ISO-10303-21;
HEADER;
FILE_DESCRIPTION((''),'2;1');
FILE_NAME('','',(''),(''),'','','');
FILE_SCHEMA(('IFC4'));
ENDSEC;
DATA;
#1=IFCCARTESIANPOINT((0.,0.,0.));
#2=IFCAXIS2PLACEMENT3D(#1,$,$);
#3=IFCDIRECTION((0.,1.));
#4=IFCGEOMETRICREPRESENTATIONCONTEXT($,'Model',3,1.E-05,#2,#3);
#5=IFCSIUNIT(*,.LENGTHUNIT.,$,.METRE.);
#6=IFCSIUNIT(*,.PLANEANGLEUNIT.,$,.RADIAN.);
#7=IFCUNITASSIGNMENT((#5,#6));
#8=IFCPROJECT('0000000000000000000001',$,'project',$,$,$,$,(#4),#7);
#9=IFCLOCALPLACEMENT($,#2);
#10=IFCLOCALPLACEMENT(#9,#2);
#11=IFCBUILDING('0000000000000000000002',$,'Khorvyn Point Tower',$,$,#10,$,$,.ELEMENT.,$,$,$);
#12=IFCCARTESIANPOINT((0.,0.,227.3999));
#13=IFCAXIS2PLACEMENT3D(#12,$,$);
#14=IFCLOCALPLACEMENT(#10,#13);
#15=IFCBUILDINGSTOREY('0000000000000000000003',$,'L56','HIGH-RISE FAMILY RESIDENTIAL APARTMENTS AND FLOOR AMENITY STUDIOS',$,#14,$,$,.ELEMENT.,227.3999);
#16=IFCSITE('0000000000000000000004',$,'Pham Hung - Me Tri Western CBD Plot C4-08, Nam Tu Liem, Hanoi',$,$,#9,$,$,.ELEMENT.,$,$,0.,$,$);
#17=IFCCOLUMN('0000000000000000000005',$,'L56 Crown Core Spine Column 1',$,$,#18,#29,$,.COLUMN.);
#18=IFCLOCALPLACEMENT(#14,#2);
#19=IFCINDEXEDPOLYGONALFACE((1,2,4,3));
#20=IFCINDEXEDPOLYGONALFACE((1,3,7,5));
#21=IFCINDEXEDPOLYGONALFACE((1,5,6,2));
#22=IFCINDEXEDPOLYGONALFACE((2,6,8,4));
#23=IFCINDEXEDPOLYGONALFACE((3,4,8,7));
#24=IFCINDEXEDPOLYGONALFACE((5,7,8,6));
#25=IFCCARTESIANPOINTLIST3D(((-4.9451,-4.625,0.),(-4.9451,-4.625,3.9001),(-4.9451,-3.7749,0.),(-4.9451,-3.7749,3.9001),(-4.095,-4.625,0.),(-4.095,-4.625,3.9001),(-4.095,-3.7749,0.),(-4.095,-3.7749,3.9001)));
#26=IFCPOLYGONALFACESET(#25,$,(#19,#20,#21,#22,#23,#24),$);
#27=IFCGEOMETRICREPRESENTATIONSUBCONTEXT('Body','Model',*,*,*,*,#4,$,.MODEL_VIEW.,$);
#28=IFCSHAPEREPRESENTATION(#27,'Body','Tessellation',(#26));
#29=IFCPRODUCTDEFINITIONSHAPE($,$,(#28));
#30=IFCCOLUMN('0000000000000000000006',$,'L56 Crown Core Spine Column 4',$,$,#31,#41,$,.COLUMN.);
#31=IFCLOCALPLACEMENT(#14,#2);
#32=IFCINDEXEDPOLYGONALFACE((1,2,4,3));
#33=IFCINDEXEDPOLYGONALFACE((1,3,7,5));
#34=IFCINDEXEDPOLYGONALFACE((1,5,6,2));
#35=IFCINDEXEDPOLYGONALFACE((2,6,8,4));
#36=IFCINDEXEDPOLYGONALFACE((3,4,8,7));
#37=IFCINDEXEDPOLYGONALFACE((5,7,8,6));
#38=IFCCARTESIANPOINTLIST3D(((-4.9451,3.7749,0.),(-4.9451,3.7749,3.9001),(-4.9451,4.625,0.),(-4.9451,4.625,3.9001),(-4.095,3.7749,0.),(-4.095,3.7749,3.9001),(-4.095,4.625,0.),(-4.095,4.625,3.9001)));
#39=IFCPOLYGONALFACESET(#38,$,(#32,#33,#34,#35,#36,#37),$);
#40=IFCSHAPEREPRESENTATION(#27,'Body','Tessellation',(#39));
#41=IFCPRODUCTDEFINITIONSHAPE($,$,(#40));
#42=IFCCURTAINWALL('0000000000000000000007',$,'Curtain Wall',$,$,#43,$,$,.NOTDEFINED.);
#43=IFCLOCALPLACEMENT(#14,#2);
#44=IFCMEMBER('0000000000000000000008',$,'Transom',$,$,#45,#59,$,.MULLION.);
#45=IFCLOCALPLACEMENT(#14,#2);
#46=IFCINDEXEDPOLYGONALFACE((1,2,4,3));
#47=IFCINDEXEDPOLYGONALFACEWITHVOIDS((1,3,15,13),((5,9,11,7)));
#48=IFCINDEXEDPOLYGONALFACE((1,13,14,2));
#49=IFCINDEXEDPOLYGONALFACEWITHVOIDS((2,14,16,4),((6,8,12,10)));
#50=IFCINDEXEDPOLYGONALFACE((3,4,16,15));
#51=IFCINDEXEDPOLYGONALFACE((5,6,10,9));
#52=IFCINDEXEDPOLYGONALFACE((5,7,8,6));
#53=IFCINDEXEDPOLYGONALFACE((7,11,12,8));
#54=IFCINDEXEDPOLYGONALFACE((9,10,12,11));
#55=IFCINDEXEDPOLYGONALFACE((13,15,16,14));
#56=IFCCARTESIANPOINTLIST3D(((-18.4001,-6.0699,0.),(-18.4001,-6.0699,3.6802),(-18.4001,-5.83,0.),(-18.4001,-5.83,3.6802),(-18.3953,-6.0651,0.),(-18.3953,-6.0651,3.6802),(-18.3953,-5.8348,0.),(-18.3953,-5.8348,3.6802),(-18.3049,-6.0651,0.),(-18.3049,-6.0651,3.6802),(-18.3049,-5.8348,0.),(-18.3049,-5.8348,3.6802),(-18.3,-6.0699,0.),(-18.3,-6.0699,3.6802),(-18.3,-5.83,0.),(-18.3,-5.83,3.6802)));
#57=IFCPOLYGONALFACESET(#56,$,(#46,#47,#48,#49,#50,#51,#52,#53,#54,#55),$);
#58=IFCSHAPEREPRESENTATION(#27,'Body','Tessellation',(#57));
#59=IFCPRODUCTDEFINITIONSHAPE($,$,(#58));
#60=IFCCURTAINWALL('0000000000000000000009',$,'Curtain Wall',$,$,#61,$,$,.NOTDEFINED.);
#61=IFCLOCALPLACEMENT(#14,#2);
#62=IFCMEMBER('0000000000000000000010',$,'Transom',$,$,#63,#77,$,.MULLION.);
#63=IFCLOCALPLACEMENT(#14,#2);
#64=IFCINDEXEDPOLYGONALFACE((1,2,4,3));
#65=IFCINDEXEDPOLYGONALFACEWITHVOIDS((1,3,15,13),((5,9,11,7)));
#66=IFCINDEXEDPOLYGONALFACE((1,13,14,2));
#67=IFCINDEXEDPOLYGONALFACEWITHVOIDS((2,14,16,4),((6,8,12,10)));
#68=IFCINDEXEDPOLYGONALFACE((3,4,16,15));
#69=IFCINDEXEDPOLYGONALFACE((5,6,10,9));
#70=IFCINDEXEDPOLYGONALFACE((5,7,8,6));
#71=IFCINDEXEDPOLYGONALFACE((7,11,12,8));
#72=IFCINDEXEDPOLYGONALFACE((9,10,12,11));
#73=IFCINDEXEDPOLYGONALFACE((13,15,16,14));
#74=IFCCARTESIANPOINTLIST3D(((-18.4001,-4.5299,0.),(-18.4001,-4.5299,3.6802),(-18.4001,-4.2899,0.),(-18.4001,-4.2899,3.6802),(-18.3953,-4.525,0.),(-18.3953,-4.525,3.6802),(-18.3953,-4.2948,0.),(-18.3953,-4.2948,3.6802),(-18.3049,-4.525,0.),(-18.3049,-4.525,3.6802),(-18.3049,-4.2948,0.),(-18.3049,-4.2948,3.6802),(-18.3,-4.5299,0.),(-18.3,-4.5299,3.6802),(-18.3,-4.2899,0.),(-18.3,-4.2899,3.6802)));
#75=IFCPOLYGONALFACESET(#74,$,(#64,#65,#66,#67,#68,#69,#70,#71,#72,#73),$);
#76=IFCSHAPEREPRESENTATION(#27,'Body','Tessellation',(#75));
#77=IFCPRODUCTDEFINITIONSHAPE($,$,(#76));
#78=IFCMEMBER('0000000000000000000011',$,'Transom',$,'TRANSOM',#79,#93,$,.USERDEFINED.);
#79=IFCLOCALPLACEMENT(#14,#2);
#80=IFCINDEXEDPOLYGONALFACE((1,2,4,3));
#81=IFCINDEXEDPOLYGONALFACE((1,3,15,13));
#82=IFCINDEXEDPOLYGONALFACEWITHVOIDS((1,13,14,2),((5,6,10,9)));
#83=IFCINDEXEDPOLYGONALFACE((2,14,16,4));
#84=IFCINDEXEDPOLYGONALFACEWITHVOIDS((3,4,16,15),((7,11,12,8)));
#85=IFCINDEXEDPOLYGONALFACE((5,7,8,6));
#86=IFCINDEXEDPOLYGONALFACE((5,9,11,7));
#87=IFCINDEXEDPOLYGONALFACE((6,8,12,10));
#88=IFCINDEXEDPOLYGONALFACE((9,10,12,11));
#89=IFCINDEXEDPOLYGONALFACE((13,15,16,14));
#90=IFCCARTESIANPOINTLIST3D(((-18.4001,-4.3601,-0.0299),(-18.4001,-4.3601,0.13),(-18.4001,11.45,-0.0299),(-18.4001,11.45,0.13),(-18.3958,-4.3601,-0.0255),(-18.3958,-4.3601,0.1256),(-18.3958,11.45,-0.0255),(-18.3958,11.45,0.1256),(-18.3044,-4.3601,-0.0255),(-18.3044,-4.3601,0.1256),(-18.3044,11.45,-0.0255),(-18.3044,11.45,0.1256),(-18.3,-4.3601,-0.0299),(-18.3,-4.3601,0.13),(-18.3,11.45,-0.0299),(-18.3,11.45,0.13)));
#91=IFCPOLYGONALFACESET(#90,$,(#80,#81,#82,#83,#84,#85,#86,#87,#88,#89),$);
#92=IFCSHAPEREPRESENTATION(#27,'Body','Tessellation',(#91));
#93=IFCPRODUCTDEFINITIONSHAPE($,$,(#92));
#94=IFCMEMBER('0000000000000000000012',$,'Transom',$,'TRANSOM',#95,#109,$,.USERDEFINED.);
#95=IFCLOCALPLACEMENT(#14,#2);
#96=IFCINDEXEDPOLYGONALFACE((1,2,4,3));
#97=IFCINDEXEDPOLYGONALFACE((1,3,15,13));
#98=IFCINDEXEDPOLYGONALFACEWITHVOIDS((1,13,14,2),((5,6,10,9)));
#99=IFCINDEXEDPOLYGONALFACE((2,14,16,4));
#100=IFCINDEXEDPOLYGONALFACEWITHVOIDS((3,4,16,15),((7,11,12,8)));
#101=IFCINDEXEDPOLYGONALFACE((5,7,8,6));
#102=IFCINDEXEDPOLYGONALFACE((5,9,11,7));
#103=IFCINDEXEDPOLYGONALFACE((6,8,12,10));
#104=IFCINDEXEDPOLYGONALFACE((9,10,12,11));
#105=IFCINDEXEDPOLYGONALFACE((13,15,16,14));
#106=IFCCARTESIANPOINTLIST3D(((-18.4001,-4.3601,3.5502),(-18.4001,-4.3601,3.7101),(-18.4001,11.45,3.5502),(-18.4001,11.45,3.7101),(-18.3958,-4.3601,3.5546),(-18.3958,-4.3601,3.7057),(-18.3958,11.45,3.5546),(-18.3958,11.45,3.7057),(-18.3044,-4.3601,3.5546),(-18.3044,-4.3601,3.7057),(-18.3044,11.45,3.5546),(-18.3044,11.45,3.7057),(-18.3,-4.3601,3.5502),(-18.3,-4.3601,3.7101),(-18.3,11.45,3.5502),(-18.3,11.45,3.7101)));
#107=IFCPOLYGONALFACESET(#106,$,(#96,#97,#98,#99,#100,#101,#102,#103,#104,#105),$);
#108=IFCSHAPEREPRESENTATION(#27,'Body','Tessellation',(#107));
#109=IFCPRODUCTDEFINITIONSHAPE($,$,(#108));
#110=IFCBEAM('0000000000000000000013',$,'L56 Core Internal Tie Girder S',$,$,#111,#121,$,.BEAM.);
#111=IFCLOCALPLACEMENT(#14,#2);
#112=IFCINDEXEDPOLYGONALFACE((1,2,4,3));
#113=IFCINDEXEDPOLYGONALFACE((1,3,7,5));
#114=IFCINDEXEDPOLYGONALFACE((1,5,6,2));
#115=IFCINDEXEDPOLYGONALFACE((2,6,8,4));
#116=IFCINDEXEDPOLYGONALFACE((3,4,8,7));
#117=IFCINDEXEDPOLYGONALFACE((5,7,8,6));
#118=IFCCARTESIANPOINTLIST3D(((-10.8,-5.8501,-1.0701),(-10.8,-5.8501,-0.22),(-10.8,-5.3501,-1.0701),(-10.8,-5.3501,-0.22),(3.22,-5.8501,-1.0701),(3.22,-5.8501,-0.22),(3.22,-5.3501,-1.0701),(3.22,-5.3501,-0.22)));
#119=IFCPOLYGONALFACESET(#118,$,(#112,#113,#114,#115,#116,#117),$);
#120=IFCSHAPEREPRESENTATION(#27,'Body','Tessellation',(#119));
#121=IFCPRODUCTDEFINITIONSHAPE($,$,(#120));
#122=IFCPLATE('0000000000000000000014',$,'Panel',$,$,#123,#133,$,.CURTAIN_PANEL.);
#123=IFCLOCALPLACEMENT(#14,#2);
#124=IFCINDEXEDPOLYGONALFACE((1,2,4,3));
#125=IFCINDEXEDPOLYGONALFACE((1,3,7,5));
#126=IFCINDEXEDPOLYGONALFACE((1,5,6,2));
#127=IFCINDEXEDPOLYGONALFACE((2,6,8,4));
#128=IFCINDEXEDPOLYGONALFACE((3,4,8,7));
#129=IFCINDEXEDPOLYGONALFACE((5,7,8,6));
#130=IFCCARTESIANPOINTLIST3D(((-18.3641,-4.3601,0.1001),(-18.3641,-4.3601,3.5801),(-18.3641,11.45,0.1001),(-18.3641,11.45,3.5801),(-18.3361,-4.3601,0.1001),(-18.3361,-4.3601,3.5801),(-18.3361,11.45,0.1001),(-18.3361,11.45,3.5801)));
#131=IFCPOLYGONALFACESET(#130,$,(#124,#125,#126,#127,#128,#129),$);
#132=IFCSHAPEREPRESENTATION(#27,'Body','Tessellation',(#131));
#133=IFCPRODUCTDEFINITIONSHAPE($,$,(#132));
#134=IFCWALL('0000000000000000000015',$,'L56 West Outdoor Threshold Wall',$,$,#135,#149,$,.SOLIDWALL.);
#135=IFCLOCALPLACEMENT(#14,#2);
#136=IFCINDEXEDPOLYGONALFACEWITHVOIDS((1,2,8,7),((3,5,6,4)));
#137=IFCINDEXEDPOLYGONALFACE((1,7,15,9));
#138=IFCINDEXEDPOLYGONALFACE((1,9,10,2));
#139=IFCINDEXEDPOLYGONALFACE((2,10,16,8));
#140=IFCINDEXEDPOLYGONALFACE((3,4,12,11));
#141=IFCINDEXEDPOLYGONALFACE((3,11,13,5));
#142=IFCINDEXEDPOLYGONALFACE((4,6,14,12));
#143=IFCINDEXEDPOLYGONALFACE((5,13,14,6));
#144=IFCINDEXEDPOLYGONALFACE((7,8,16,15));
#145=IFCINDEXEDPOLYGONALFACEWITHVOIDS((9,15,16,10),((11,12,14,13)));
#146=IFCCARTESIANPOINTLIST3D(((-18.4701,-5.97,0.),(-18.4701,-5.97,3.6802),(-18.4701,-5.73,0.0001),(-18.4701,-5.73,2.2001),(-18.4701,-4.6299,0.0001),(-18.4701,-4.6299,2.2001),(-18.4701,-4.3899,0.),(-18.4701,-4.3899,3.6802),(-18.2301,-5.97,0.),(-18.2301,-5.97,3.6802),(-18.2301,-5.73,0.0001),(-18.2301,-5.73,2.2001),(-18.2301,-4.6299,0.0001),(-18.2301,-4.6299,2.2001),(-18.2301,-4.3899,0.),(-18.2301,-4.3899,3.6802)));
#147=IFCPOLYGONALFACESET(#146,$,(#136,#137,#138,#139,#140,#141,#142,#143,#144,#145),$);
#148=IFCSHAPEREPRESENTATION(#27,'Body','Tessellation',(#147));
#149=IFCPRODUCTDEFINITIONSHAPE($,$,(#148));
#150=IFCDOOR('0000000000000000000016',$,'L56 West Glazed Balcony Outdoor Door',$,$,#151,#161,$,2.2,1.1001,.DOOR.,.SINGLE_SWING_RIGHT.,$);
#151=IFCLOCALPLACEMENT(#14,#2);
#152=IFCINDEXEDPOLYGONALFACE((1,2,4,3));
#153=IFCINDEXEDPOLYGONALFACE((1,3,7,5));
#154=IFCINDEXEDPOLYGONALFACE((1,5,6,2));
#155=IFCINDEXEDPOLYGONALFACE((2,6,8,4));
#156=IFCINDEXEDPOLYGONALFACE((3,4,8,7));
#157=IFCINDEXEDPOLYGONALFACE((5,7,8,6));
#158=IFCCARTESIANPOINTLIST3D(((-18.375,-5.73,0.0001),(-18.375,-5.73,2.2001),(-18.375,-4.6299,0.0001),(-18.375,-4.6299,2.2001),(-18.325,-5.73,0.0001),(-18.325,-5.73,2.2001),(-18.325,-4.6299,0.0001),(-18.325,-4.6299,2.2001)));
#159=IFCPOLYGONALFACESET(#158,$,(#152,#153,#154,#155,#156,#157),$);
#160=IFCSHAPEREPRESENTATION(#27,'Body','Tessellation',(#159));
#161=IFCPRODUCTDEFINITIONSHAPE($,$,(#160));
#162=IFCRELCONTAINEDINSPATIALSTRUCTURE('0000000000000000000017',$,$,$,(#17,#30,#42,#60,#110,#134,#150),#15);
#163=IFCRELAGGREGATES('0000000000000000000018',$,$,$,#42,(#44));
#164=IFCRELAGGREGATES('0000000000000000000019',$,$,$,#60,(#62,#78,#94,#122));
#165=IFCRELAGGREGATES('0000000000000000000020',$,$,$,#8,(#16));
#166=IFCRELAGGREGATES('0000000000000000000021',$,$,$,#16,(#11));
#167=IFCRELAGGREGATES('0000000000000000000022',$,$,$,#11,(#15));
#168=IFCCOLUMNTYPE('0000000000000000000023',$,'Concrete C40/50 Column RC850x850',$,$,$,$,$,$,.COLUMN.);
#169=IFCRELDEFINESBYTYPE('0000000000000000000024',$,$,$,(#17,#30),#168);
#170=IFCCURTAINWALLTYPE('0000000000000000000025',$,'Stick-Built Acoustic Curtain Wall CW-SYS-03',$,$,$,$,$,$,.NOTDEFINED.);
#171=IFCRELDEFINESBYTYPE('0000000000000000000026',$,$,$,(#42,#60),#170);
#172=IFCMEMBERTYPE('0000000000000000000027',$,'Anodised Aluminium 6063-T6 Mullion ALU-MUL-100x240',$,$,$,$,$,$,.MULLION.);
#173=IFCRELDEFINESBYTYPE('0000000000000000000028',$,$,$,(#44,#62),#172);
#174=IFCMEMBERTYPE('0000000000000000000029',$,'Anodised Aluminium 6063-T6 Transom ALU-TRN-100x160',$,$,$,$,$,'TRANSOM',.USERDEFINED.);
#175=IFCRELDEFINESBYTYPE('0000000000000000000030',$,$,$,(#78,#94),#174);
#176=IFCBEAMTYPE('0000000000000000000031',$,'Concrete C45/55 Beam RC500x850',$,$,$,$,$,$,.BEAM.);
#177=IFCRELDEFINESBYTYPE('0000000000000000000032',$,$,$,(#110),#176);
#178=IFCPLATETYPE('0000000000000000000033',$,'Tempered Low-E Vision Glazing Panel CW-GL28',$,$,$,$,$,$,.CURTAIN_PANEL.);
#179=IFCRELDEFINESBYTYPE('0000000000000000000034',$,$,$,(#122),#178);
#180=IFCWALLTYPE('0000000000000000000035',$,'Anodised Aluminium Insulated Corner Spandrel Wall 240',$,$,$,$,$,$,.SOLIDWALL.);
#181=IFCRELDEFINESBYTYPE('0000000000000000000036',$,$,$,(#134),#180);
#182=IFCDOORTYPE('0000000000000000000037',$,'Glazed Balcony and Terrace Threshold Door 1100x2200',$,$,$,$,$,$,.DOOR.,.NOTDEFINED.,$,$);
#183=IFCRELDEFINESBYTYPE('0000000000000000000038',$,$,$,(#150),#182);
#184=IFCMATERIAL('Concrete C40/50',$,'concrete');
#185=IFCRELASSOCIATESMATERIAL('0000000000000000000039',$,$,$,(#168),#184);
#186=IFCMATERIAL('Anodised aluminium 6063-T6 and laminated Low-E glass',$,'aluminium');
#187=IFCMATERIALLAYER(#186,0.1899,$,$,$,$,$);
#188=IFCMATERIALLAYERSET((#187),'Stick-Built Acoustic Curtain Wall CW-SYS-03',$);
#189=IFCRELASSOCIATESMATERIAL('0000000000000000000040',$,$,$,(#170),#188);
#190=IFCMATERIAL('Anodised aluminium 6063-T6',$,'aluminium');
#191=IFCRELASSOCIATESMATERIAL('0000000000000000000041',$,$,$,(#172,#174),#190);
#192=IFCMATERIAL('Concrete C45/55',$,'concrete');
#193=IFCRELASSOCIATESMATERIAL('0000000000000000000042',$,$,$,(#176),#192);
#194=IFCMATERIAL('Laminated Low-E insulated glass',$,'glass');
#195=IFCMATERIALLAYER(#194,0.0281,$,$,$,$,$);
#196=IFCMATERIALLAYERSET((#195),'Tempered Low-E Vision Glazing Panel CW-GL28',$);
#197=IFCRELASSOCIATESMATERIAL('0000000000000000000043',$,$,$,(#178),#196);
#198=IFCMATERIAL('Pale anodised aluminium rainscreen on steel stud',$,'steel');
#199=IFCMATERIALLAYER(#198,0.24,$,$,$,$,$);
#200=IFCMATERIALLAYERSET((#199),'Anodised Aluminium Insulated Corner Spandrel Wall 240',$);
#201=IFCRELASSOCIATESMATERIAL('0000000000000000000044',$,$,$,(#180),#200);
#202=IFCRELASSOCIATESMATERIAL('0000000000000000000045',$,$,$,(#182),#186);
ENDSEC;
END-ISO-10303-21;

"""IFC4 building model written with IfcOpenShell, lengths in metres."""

from ifc_helpers import new_model, si_unit, direction, frame, frame_2d, origin, origin_2d, place, context, subcontext, project, spatial, rectangle, hollow_rectangle, extrude, material, layer, layer_set, material_profile, profile_set, type_object, element, fill, aggregate, save


model = new_model("IFC4")

# Units and contexts
model_context = context("Model", 3, precision=1e-05, world=origin(), true_north=direction((0.0, 1.0)))
body_context = subcontext(model_context, "Body", "Model", "MODEL_VIEW")
ifc_project = project(units=[si_unit("LENGTHUNIT", "METRE"), si_unit("PLANEANGLEUNIT", "RADIAN")], contexts=[model_context])

# Site, building, storey
site_placement = place(None, origin())
site = spatial("IfcSite", under=ifc_project, at=site_placement, Name="Pham Hung - Me Tri Western CBD Plot C4-08, Nam Tu Liem, Hanoi", CompositionType="ELEMENT", RefElevation=0.0)
building_placement = place(site_placement, origin())
building = spatial("IfcBuilding", under=site, at=building_placement, Name="Khorvyn Point Tower", CompositionType="ELEMENT")
storey_placement = place(building_placement, frame((0.0, 0.0, 227.3999)))
storey = spatial("IfcBuildingStorey", under=building, at=storey_placement, Name="L56", Description="HIGH-RISE FAMILY RESIDENTIAL APARTMENTS AND FLOOR AMENITY STUDIOS", CompositionType="ELEMENT", Elevation=227.3999)

# Columns
ifc_material_1 = material(Name="Concrete C40/50", Category="concrete")
ifc_material_profile_1 = material_profile(ifc_material_1, rectangle(XDim=0.8501, YDim=0.8501, at=origin_2d()))
ifc_profile_set_1 = profile_set([ifc_material_profile_1], Name="Concrete C40/50 RC850x850")
column_type = type_object("IfcColumnType", Name="Concrete C40/50 Column RC850x850", PredefinedType="COLUMN", material=ifc_profile_set_1)
for number, where, z_axis, x_axis, name in (
    (1, (-4.52, -4.2, 0.0), (0.0, 0.0, 1.0), (1.0, 0.0, 0.0), "L56 Crown Core Spine Column 1"),
    (2, (-4.52, 4.2, 0.0), (0.0, 0.0, 1.0), (1.0, 0.0, 0.0), "L56 Crown Core Spine Column 4"),
):
    element("IfcColumn", number, at=place(storey_placement, frame(where, z_axis=z_axis, x_axis=x_axis)), inside=storey, type_object=column_type, Name=name, PredefinedType="COLUMN", context=body_context, shape_type="SweptSolid", body=[
        extrude(rectangle(XDim=0.8501, YDim=0.8501, at=origin_2d()), origin(), (0.0, 0.0, 1.0), 3.9001),
    ])

# Curtain wall, member
ifc_material_2 = material(Name="Anodised aluminium 6063-T6 and laminated Low-E glass", Category="aluminium")
ifc_layer_1 = layer(ifc_material_2, 0.1899)
ifc_layer_set_1 = layer_set([ifc_layer_1], Name="Stick-Built Acoustic Curtain Wall CW-SYS-03")
curtain_wall_type = type_object("IfcCurtainWallType", Name="Stick-Built Acoustic Curtain Wall CW-SYS-03", PredefinedType="NOTDEFINED", material=ifc_layer_set_1)
curtain_wall_1_placement = place(storey_placement, origin())
curtain_wall_1 = element("IfcCurtainWall", 3, at=curtain_wall_1_placement, inside=storey, type_object=curtain_wall_type, Name="Curtain Wall", PredefinedType="NOTDEFINED")
ifc_material_3 = material(Name="Anodised aluminium 6063-T6", Category="aluminium")
ifc_material_profile_2 = material_profile(ifc_material_3, hollow_rectangle(XDim=0.1001, YDim=0.24, WallThickness=0.0049, at=origin_2d()))
ifc_profile_set_2 = profile_set([ifc_material_profile_2], Name="Anodised aluminium 6063-T6 ALU-MUL-100x240")
member_type_1 = type_object("IfcMemberType", Name="Anodised Aluminium 6063-T6 Mullion ALU-MUL-100x240", PredefinedType="MULLION", material=ifc_profile_set_2)
member_1_placement = place(storey_placement, frame((-18.3501, -5.95, 0.0), z_axis=(0.0, 0.0, 1.0), x_axis=(-1.0, 0.0, 0.0)))
member_1 = element("IfcMember", 4, at=member_1_placement, type_object=member_type_1, Name="Transom", PredefinedType="MULLION", context=body_context, shape_type="SweptSolid", body=[
    extrude(hollow_rectangle(XDim=0.1001, YDim=0.24, WallThickness=0.0049, at=origin_2d()), origin(), (0.0, 0.0, 1.0), 3.6802),
])
aggregate(curtain_wall_1, [member_1])

# Curtain wall, members
curtain_wall_2_placement = place(storey_placement, origin())
curtain_wall_2 = element("IfcCurtainWall", 5, at=curtain_wall_2_placement, inside=storey, type_object=curtain_wall_type, Name="Curtain Wall", PredefinedType="NOTDEFINED")
member_2_placement = place(storey_placement, frame((-18.3501, -4.4099, 0.0), z_axis=(0.0, 0.0, 1.0), x_axis=(-1.0, 0.0, 0.0)))
member_2 = element("IfcMember", 6, at=member_2_placement, type_object=member_type_1, Name="Transom", PredefinedType="MULLION", context=body_context, shape_type="SweptSolid", body=[
    extrude(hollow_rectangle(XDim=0.1001, YDim=0.24, WallThickness=0.0049, at=origin_2d()), origin(), (0.0, 0.0, 1.0), 3.6802),
])
ifc_material_profile_3 = material_profile(ifc_material_3, hollow_rectangle(XDim=0.1001, YDim=0.1599, WallThickness=0.0044, at=origin_2d()))
ifc_profile_set_3 = profile_set([ifc_material_profile_3], Name="Anodised aluminium 6063-T6 ALU-TRN-100x160")
member_type_2 = type_object("IfcMemberType", Name="Anodised Aluminium 6063-T6 Transom ALU-TRN-100x160", ElementType="TRANSOM", PredefinedType="USERDEFINED", material=ifc_profile_set_3)
member_3_placement = place(storey_placement, frame((-18.3501, -4.3601, 0.05), z_axis=(0.0, 1.0, 0.0), x_axis=(-1.0, 0.0, 0.0)))
member_3 = element("IfcMember", 7, at=member_3_placement, type_object=member_type_2, Name="Transom", ObjectType="TRANSOM", PredefinedType="USERDEFINED", context=body_context, shape_type="SweptSolid", body=[
    extrude(hollow_rectangle(XDim=0.1001, YDim=0.1599, WallThickness=0.0044, at=origin_2d()), origin(), (0.0, 0.0, 1.0), 15.8101),
])
member_4_placement = place(storey_placement, frame((-18.3501, -4.3601, 3.6301), z_axis=(0.0, 1.0, 0.0), x_axis=(-1.0, 0.0, 0.0)))
member_4 = element("IfcMember", 8, at=member_4_placement, type_object=member_type_2, Name="Transom", ObjectType="TRANSOM", PredefinedType="USERDEFINED", context=body_context, shape_type="SweptSolid", body=[
    extrude(hollow_rectangle(XDim=0.1001, YDim=0.1599, WallThickness=0.0044, at=origin_2d()), origin(), (0.0, 0.0, 1.0), 15.8101),
])

# Beam
ifc_material_4 = material(Name="Concrete C45/55", Category="concrete")
ifc_material_profile_4 = material_profile(ifc_material_4, rectangle(XDim=0.5, YDim=0.8501, at=origin_2d()))
ifc_profile_set_4 = profile_set([ifc_material_profile_4], Name="Concrete C45/55 RC500x850")
beam_type = type_object("IfcBeamType", Name="Concrete C45/55 Beam RC500x850", PredefinedType="BEAM", material=ifc_profile_set_4)
beam_placement = place(storey_placement, frame((-10.8, -5.6001, -0.645), z_axis=(1.0, 0.0, 0.0), x_axis=(0.0, 1.0, 0.0)))
element("IfcBeam", 9, at=beam_placement, inside=storey, type_object=beam_type, Name="L56 Core Internal Tie Girder S", PredefinedType="BEAM", context=body_context, shape_type="SweptSolid", body=[
    extrude(rectangle(XDim=0.5, YDim=0.8501, at=origin_2d()), origin(), (0.0, 0.0, 1.0), 14.02),
])

# Plate
ifc_material_5 = material(Name="Laminated Low-E insulated glass", Category="glass")
ifc_layer_2 = layer(ifc_material_5, 0.0281)
ifc_layer_set_2 = layer_set([ifc_layer_2], Name="Tempered Low-E Vision Glazing Panel CW-GL28")
plate_type = type_object("IfcPlateType", Name="Tempered Low-E Vision Glazing Panel CW-GL28", PredefinedType="CURTAIN_PANEL", material=ifc_layer_set_2)
plate_placement = place(storey_placement, frame((-18.3501, 3.5449, 0.1001), z_axis=(0.0, 0.0, 1.0), x_axis=(0.0, 1.0, 0.0)))
plate = element("IfcPlate", 10, at=plate_placement, type_object=plate_type, Name="Panel", PredefinedType="CURTAIN_PANEL", context=body_context, shape_type="SweptSolid", body=[
    extrude(rectangle(XDim=15.8101, YDim=0.0281, at=origin_2d()), origin(), (0.0, 0.0, 1.0), 3.48),
])
aggregate(curtain_wall_2, [member_2, member_3, member_4, plate])

# Wall, opening, door
ifc_material_6 = material(Name="Pale anodised aluminium rainscreen on steel stud", Category="steel")
ifc_layer_3 = layer(ifc_material_6, 0.24)
ifc_layer_set_3 = layer_set([ifc_layer_3], Name="Anodised Aluminium Insulated Corner Spandrel Wall 240")
wall_type_1 = type_object("IfcWallType", Name="Anodised Aluminium Insulated Corner Spandrel Wall 240", PredefinedType="SOLIDWALL", material=ifc_layer_set_3)
wall_1_placement = place(storey_placement, frame((-18.3501, -5.97, 0.0), z_axis=(0.0, 0.0, 1.0), x_axis=(0.0, 1.0, 0.0)))
wall_1 = element("IfcWall", 11, at=wall_1_placement, inside=storey, type_object=wall_type_1, Name="L56 West Outdoor Threshold Wall", PredefinedType="SOLIDWALL", context=body_context, shape_type="SweptSolid", body=[
    extrude(rectangle(XDim=1.5801, YDim=0.24, at=frame_2d((0.79, 0.0))), origin(), (0.0, 0.0, 1.0), 3.6802),
])
opening_1_placement = place(wall_1_placement, frame((0.24, 0.0, 0.0)))
opening_1 = element("IfcOpeningElement", 12, at=opening_1_placement, cuts=wall_1, PredefinedType="OPENING", context=body_context, shape_type="SweptSolid", body=[
    extrude(rectangle(XDim=1.1001, YDim=2.2, at=frame_2d((0.55, 1.1001))), frame((0.0, 0.1299, 0.0), z_axis=(0.0, -1.0, 0.0), x_axis=(1.0, 0.0, 0.0)), (0.0, 0.0, 1.0), 0.26),
])
door_type_1 = type_object("IfcDoorType", Name="Glazed Balcony and Terrace Threshold Door 1100x2200", OperationType="NOTDEFINED", PredefinedType="DOOR", material=ifc_material_2)
door_1_placement = place(opening_1_placement, origin())
door_1 = element("IfcDoor", 13, at=door_1_placement, inside=storey, type_object=door_type_1, Name="L56 West Glazed Balcony Outdoor Door", OperationType="SINGLE_SWING_RIGHT", OverallHeight=2.2, OverallWidth=1.1001, PredefinedType="DOOR", context=body_context, shape_type="SweptSolid", body=[
    extrude(rectangle(XDim=1.1001, YDim=2.2, at=frame_2d((0.55, 1.1001))), frame((0.0, 0.0249, 0.0), z_axis=(0.0, -1.0, 0.0), x_axis=(1.0, 0.0, 0.0)), (0.0, 0.0, 1.0), 0.05),
])
fill(opening_1, door_1)

save(model, "model.ifc")
